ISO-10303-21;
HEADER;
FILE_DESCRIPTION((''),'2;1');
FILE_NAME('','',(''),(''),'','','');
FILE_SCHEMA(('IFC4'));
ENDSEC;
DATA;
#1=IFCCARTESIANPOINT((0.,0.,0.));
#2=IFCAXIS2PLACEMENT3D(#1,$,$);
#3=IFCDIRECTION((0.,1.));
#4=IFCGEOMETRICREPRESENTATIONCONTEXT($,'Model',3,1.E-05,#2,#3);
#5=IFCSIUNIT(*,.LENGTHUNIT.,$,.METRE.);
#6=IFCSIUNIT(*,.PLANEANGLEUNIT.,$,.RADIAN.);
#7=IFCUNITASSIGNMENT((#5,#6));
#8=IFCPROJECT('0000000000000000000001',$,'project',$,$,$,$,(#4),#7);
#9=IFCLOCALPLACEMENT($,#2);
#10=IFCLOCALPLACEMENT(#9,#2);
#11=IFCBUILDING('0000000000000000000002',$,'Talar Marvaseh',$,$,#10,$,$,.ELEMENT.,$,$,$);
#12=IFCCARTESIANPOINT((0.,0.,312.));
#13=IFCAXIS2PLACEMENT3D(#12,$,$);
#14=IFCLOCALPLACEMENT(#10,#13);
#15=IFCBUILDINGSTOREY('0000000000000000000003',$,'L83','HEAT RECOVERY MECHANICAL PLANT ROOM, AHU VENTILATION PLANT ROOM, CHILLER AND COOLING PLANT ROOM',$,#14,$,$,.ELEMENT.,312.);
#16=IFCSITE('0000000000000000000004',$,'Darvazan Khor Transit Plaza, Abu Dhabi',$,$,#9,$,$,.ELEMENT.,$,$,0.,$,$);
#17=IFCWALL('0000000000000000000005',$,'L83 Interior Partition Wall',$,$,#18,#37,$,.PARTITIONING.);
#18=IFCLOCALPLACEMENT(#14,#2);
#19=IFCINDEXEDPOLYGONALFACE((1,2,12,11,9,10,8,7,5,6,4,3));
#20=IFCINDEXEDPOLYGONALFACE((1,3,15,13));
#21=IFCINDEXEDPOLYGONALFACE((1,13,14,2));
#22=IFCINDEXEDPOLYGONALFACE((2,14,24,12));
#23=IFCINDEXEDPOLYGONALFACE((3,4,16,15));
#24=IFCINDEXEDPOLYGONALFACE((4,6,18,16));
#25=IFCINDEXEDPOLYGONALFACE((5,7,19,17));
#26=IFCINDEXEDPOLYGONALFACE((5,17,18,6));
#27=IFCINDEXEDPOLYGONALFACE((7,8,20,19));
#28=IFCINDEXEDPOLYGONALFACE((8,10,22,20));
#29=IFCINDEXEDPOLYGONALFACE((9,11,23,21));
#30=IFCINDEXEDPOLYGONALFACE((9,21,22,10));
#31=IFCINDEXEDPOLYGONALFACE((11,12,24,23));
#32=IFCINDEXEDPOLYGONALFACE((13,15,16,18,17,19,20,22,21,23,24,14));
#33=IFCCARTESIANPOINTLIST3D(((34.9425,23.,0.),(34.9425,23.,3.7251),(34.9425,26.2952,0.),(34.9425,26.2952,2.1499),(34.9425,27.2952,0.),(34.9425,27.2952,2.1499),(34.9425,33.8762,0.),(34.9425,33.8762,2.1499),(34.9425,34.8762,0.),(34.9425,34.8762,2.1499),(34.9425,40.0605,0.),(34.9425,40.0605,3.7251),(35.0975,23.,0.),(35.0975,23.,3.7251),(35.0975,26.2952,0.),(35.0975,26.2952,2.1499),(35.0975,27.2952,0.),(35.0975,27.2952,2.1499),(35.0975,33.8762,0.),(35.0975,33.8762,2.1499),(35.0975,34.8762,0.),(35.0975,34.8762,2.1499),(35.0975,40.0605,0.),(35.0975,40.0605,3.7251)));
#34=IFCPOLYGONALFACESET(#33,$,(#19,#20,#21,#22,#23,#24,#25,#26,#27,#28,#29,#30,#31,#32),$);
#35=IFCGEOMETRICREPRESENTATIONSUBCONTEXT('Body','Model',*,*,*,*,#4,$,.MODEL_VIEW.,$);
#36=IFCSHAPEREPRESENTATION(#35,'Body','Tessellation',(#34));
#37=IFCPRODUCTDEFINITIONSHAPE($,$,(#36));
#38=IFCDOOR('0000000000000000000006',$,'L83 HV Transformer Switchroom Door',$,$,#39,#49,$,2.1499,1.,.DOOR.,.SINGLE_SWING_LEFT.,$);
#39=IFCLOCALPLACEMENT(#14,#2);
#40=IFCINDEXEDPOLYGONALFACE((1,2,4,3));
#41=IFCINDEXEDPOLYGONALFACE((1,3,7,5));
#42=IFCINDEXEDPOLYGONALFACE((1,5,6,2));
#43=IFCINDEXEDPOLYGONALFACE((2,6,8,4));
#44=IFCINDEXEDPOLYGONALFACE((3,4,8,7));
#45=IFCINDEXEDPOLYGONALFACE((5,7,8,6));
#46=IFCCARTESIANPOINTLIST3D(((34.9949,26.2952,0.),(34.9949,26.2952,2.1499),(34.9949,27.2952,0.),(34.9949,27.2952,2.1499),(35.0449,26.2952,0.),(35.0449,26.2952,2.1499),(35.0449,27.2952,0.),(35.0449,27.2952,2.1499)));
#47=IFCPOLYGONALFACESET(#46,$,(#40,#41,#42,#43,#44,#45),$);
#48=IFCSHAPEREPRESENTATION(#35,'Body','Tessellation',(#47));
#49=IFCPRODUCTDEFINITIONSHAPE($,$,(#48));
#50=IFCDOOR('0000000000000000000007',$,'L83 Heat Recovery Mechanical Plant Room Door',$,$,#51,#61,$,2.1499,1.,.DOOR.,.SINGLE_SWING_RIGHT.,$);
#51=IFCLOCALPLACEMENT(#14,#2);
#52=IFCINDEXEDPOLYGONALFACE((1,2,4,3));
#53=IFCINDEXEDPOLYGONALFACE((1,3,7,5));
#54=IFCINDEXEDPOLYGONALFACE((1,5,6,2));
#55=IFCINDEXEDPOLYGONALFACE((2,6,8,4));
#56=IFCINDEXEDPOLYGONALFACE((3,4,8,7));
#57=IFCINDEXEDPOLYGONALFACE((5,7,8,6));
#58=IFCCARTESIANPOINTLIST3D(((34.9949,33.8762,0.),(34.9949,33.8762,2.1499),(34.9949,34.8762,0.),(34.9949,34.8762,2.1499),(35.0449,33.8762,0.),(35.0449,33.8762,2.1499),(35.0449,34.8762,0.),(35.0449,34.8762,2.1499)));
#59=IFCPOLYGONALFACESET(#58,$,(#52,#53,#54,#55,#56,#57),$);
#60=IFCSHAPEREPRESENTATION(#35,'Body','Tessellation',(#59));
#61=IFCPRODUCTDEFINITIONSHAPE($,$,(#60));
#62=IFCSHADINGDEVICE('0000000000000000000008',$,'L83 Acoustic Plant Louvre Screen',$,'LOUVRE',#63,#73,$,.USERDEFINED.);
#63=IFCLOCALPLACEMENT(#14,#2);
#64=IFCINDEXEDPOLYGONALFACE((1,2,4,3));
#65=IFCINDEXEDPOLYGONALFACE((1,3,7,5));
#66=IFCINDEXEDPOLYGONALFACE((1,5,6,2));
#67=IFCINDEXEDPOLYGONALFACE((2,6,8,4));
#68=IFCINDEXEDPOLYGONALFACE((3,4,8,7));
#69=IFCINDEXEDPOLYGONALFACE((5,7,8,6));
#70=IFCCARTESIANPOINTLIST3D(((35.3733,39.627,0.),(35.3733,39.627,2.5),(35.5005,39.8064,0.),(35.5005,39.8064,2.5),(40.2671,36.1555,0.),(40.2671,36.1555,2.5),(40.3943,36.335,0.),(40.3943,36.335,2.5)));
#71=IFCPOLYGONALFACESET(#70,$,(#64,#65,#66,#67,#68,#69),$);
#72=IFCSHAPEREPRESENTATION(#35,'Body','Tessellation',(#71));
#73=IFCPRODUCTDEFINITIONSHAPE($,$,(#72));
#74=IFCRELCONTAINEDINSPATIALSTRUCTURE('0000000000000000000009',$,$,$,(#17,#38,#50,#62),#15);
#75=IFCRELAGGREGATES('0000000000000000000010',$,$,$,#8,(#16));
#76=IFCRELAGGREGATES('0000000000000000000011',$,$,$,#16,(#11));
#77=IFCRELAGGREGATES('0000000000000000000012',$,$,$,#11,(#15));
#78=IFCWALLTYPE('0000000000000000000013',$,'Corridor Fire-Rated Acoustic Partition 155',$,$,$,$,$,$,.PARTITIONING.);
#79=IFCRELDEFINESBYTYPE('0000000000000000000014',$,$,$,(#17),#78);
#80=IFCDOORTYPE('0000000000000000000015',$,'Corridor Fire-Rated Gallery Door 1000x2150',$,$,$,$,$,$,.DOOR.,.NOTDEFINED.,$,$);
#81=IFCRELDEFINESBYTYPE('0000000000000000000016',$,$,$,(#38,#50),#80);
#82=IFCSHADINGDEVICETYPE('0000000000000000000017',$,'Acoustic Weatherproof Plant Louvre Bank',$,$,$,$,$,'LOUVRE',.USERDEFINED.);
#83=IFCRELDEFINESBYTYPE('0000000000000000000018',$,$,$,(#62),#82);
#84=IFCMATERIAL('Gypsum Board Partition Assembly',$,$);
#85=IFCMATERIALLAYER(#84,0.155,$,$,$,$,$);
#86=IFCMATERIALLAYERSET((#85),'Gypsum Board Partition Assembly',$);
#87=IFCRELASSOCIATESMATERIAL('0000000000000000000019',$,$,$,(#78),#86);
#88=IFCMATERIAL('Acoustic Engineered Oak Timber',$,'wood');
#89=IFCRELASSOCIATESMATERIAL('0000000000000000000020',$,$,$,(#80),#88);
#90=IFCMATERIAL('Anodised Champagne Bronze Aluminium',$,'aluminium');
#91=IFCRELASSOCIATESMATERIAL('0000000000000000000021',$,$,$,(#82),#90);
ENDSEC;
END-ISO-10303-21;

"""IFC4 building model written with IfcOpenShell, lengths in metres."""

from ifc_helpers import new_model, si_unit, direction, frame, frame_2d, origin, origin_2d, place, context, subcontext, project, spatial, rectangle, extrude, source, transform, mapped, material, layer, layer_set, type_object, type_shapes, element, fill, save


model = new_model("IFC4")

# Units and contexts
model_context = context("Model", 3, precision=1e-05, world=origin(), true_north=direction((0.0, 1.0)))
body_context = subcontext(model_context, "Body", "Model", "MODEL_VIEW")
ifc_project = project(units=[si_unit("LENGTHUNIT", "METRE"), si_unit("PLANEANGLEUNIT", "RADIAN")], contexts=[model_context])

# Site, building, storey
site_placement = place(None, origin())
site = spatial("IfcSite", under=ifc_project, at=site_placement, Name="Darvazan Khor Transit Plaza, Abu Dhabi", CompositionType="ELEMENT", RefElevation=0.0)
building_placement = place(site_placement, origin())
building = spatial("IfcBuilding", under=site, at=building_placement, Name="Talar Marvaseh", CompositionType="ELEMENT")
storey_placement = place(building_placement, frame((0.0, 0.0, 312.0)))
storey = spatial("IfcBuildingStorey", under=building, at=storey_placement, Name="L83", Description="HEAT RECOVERY MECHANICAL PLANT ROOM, AHU VENTILATION PLANT ROOM, CHILLER AND COOLING PLANT ROOM", CompositionType="ELEMENT", Elevation=312.0)

# Wall, openings, doors
ifc_material_1 = material(Name="Gypsum Board Partition Assembly")
ifc_layer_1 = layer(ifc_material_1, 0.155)
ifc_layer_set_1 = layer_set([ifc_layer_1], Name="Gypsum Board Partition Assembly")
wall_type_1 = type_object("IfcWallType", Name="Corridor Fire-Rated Acoustic Partition 155", PredefinedType="PARTITIONING", material=ifc_layer_set_1)
wall_1_placement = place(storey_placement, frame((35.02, 40.0605, 0.0), z_axis=(0.0, 0.0, 1.0), x_axis=(0.0, -1.0, 0.0)))
wall_1 = element("IfcWall", 1, at=wall_1_placement, inside=storey, type_object=wall_type_1, Name="L83 Interior Partition Wall", PredefinedType="PARTITIONING", context=body_context, shape_type="SweptSolid", body=[
    extrude(rectangle(XDim=17.0605, YDim=0.155, at=frame_2d((8.5303, 0.0))), origin(), (0.0, 0.0, 1.0), 3.7251),
])
opening_1_placement = place(wall_1_placement, frame((12.7654, 0.0, 0.0)))
opening_1 = element("IfcOpeningElement", 2, at=opening_1_placement, cuts=wall_1, PredefinedType="OPENING", context=body_context, shape_type="SweptSolid", body=[
    extrude(rectangle(XDim=1.0, YDim=2.1499, at=frame_2d((0.5, 1.075))), frame((0.0, 0.0874, 0.0), z_axis=(0.0, -1.0, 0.0), x_axis=(1.0, 0.0, 0.0)), (0.0, 0.0, 1.0), 0.175),
])
opening_2_placement = place(wall_1_placement, frame((5.1843, 0.0, 0.0)))
opening_2 = element("IfcOpeningElement", 3, at=opening_2_placement, cuts=wall_1, PredefinedType="OPENING", context=body_context, shape_type="SweptSolid", body=[
    extrude(rectangle(XDim=1.0, YDim=2.1499, at=frame_2d((0.5, 1.075))), frame((0.0, 0.0874, 0.0), z_axis=(0.0, -1.0, 0.0), x_axis=(1.0, 0.0, 0.0)), (0.0, 0.0, 1.0), 0.175),
])
ifc_material_2 = material(Name="Acoustic Engineered Oak Timber", Category="wood")
door_type = type_object("IfcDoorType", Name="Corridor Fire-Rated Gallery Door 1000x2150", OperationType="NOTDEFINED", PredefinedType="DOOR", material=ifc_material_2)
shared_shape_1 = source(origin(), body_context, "Body", "SweptSolid", [
    extrude(rectangle(XDim=1.0, YDim=2.1499, at=frame_2d((0.5, 1.075))), frame((0.0, 0.0249, 0.0), z_axis=(0.0, -1.0, 0.0), x_axis=(1.0, 0.0, 0.0)), (0.0, 0.0, 1.0), 0.05),
])
type_shapes(door_type, [shared_shape_1])
door_1_placement = place(opening_1_placement, origin())
door_1 = element("IfcDoor", 4, at=door_1_placement, inside=storey, type_object=door_type, Name="L83 HV Transformer Switchroom Door", OperationType="SINGLE_SWING_LEFT", OverallHeight=2.1499, OverallWidth=1.0, PredefinedType="DOOR", context=body_context, shape_type="MappedRepresentation", body=[
    mapped(shared_shape_1, transform((0.0, 0.0, 0.0), x_axis=(1.0, 0.0, 0.0), y_axis=(0.0, 1.0, 0.0), z_axis=(0.0, 0.0, 1.0), scale=1.0)),
])
fill(opening_1, door_1)
door_2_placement = place(opening_2_placement, origin())
door_2 = element("IfcDoor", 5, at=door_2_placement, inside=storey, type_object=door_type, Name="L83 Heat Recovery Mechanical Plant Room Door", OperationType="SINGLE_SWING_RIGHT", OverallHeight=2.1499, OverallWidth=1.0, PredefinedType="DOOR", context=body_context, shape_type="MappedRepresentation", body=[
    mapped(shared_shape_1, transform((0.0, 0.0, 0.0), x_axis=(1.0, 0.0, 0.0), y_axis=(0.0, 1.0, 0.0), z_axis=(0.0, 0.0, 1.0), scale=1.0)),
])
fill(opening_2, door_2)

# Shading device
ifc_material_3 = material(Name="Anodised Champagne Bronze Aluminium", Category="aluminium")
shading_device_type = type_object("IfcShadingDeviceType", Name="Acoustic Weatherproof Plant Louvre Bank", ElementType="LOUVRE", PredefinedType="USERDEFINED", material=ifc_material_3)
shared_shape_2 = source(origin(), body_context, "Body", "SweptSolid", [
    extrude(rectangle(XDim=6.0, YDim=0.22, at=origin_2d()), origin(), (0.0, 0.0, 1.0), 2.5),
])
type_shapes(shading_device_type, [shared_shape_2])
shading_device_placement = place(storey_placement, frame((37.8838, 37.981, 0.0), z_axis=(0.0, 0.0, 1.0), x_axis=(0.815633, -0.57857, 0.0)))
element("IfcShadingDevice", 6, at=shading_device_placement, inside=storey, type_object=shading_device_type, Name="L83 Acoustic Plant Louvre Screen", ObjectType="LOUVRE", PredefinedType="USERDEFINED", context=body_context, shape_type="MappedRepresentation", body=[
    mapped(shared_shape_2, transform((0.0, 0.0, 0.0), x_axis=(1.0, 0.0, 0.0), y_axis=(0.0, 1.0, 0.0), z_axis=(0.0, 0.0, 1.0), scale=1.0)),
])

save(model, "model.ifc")
